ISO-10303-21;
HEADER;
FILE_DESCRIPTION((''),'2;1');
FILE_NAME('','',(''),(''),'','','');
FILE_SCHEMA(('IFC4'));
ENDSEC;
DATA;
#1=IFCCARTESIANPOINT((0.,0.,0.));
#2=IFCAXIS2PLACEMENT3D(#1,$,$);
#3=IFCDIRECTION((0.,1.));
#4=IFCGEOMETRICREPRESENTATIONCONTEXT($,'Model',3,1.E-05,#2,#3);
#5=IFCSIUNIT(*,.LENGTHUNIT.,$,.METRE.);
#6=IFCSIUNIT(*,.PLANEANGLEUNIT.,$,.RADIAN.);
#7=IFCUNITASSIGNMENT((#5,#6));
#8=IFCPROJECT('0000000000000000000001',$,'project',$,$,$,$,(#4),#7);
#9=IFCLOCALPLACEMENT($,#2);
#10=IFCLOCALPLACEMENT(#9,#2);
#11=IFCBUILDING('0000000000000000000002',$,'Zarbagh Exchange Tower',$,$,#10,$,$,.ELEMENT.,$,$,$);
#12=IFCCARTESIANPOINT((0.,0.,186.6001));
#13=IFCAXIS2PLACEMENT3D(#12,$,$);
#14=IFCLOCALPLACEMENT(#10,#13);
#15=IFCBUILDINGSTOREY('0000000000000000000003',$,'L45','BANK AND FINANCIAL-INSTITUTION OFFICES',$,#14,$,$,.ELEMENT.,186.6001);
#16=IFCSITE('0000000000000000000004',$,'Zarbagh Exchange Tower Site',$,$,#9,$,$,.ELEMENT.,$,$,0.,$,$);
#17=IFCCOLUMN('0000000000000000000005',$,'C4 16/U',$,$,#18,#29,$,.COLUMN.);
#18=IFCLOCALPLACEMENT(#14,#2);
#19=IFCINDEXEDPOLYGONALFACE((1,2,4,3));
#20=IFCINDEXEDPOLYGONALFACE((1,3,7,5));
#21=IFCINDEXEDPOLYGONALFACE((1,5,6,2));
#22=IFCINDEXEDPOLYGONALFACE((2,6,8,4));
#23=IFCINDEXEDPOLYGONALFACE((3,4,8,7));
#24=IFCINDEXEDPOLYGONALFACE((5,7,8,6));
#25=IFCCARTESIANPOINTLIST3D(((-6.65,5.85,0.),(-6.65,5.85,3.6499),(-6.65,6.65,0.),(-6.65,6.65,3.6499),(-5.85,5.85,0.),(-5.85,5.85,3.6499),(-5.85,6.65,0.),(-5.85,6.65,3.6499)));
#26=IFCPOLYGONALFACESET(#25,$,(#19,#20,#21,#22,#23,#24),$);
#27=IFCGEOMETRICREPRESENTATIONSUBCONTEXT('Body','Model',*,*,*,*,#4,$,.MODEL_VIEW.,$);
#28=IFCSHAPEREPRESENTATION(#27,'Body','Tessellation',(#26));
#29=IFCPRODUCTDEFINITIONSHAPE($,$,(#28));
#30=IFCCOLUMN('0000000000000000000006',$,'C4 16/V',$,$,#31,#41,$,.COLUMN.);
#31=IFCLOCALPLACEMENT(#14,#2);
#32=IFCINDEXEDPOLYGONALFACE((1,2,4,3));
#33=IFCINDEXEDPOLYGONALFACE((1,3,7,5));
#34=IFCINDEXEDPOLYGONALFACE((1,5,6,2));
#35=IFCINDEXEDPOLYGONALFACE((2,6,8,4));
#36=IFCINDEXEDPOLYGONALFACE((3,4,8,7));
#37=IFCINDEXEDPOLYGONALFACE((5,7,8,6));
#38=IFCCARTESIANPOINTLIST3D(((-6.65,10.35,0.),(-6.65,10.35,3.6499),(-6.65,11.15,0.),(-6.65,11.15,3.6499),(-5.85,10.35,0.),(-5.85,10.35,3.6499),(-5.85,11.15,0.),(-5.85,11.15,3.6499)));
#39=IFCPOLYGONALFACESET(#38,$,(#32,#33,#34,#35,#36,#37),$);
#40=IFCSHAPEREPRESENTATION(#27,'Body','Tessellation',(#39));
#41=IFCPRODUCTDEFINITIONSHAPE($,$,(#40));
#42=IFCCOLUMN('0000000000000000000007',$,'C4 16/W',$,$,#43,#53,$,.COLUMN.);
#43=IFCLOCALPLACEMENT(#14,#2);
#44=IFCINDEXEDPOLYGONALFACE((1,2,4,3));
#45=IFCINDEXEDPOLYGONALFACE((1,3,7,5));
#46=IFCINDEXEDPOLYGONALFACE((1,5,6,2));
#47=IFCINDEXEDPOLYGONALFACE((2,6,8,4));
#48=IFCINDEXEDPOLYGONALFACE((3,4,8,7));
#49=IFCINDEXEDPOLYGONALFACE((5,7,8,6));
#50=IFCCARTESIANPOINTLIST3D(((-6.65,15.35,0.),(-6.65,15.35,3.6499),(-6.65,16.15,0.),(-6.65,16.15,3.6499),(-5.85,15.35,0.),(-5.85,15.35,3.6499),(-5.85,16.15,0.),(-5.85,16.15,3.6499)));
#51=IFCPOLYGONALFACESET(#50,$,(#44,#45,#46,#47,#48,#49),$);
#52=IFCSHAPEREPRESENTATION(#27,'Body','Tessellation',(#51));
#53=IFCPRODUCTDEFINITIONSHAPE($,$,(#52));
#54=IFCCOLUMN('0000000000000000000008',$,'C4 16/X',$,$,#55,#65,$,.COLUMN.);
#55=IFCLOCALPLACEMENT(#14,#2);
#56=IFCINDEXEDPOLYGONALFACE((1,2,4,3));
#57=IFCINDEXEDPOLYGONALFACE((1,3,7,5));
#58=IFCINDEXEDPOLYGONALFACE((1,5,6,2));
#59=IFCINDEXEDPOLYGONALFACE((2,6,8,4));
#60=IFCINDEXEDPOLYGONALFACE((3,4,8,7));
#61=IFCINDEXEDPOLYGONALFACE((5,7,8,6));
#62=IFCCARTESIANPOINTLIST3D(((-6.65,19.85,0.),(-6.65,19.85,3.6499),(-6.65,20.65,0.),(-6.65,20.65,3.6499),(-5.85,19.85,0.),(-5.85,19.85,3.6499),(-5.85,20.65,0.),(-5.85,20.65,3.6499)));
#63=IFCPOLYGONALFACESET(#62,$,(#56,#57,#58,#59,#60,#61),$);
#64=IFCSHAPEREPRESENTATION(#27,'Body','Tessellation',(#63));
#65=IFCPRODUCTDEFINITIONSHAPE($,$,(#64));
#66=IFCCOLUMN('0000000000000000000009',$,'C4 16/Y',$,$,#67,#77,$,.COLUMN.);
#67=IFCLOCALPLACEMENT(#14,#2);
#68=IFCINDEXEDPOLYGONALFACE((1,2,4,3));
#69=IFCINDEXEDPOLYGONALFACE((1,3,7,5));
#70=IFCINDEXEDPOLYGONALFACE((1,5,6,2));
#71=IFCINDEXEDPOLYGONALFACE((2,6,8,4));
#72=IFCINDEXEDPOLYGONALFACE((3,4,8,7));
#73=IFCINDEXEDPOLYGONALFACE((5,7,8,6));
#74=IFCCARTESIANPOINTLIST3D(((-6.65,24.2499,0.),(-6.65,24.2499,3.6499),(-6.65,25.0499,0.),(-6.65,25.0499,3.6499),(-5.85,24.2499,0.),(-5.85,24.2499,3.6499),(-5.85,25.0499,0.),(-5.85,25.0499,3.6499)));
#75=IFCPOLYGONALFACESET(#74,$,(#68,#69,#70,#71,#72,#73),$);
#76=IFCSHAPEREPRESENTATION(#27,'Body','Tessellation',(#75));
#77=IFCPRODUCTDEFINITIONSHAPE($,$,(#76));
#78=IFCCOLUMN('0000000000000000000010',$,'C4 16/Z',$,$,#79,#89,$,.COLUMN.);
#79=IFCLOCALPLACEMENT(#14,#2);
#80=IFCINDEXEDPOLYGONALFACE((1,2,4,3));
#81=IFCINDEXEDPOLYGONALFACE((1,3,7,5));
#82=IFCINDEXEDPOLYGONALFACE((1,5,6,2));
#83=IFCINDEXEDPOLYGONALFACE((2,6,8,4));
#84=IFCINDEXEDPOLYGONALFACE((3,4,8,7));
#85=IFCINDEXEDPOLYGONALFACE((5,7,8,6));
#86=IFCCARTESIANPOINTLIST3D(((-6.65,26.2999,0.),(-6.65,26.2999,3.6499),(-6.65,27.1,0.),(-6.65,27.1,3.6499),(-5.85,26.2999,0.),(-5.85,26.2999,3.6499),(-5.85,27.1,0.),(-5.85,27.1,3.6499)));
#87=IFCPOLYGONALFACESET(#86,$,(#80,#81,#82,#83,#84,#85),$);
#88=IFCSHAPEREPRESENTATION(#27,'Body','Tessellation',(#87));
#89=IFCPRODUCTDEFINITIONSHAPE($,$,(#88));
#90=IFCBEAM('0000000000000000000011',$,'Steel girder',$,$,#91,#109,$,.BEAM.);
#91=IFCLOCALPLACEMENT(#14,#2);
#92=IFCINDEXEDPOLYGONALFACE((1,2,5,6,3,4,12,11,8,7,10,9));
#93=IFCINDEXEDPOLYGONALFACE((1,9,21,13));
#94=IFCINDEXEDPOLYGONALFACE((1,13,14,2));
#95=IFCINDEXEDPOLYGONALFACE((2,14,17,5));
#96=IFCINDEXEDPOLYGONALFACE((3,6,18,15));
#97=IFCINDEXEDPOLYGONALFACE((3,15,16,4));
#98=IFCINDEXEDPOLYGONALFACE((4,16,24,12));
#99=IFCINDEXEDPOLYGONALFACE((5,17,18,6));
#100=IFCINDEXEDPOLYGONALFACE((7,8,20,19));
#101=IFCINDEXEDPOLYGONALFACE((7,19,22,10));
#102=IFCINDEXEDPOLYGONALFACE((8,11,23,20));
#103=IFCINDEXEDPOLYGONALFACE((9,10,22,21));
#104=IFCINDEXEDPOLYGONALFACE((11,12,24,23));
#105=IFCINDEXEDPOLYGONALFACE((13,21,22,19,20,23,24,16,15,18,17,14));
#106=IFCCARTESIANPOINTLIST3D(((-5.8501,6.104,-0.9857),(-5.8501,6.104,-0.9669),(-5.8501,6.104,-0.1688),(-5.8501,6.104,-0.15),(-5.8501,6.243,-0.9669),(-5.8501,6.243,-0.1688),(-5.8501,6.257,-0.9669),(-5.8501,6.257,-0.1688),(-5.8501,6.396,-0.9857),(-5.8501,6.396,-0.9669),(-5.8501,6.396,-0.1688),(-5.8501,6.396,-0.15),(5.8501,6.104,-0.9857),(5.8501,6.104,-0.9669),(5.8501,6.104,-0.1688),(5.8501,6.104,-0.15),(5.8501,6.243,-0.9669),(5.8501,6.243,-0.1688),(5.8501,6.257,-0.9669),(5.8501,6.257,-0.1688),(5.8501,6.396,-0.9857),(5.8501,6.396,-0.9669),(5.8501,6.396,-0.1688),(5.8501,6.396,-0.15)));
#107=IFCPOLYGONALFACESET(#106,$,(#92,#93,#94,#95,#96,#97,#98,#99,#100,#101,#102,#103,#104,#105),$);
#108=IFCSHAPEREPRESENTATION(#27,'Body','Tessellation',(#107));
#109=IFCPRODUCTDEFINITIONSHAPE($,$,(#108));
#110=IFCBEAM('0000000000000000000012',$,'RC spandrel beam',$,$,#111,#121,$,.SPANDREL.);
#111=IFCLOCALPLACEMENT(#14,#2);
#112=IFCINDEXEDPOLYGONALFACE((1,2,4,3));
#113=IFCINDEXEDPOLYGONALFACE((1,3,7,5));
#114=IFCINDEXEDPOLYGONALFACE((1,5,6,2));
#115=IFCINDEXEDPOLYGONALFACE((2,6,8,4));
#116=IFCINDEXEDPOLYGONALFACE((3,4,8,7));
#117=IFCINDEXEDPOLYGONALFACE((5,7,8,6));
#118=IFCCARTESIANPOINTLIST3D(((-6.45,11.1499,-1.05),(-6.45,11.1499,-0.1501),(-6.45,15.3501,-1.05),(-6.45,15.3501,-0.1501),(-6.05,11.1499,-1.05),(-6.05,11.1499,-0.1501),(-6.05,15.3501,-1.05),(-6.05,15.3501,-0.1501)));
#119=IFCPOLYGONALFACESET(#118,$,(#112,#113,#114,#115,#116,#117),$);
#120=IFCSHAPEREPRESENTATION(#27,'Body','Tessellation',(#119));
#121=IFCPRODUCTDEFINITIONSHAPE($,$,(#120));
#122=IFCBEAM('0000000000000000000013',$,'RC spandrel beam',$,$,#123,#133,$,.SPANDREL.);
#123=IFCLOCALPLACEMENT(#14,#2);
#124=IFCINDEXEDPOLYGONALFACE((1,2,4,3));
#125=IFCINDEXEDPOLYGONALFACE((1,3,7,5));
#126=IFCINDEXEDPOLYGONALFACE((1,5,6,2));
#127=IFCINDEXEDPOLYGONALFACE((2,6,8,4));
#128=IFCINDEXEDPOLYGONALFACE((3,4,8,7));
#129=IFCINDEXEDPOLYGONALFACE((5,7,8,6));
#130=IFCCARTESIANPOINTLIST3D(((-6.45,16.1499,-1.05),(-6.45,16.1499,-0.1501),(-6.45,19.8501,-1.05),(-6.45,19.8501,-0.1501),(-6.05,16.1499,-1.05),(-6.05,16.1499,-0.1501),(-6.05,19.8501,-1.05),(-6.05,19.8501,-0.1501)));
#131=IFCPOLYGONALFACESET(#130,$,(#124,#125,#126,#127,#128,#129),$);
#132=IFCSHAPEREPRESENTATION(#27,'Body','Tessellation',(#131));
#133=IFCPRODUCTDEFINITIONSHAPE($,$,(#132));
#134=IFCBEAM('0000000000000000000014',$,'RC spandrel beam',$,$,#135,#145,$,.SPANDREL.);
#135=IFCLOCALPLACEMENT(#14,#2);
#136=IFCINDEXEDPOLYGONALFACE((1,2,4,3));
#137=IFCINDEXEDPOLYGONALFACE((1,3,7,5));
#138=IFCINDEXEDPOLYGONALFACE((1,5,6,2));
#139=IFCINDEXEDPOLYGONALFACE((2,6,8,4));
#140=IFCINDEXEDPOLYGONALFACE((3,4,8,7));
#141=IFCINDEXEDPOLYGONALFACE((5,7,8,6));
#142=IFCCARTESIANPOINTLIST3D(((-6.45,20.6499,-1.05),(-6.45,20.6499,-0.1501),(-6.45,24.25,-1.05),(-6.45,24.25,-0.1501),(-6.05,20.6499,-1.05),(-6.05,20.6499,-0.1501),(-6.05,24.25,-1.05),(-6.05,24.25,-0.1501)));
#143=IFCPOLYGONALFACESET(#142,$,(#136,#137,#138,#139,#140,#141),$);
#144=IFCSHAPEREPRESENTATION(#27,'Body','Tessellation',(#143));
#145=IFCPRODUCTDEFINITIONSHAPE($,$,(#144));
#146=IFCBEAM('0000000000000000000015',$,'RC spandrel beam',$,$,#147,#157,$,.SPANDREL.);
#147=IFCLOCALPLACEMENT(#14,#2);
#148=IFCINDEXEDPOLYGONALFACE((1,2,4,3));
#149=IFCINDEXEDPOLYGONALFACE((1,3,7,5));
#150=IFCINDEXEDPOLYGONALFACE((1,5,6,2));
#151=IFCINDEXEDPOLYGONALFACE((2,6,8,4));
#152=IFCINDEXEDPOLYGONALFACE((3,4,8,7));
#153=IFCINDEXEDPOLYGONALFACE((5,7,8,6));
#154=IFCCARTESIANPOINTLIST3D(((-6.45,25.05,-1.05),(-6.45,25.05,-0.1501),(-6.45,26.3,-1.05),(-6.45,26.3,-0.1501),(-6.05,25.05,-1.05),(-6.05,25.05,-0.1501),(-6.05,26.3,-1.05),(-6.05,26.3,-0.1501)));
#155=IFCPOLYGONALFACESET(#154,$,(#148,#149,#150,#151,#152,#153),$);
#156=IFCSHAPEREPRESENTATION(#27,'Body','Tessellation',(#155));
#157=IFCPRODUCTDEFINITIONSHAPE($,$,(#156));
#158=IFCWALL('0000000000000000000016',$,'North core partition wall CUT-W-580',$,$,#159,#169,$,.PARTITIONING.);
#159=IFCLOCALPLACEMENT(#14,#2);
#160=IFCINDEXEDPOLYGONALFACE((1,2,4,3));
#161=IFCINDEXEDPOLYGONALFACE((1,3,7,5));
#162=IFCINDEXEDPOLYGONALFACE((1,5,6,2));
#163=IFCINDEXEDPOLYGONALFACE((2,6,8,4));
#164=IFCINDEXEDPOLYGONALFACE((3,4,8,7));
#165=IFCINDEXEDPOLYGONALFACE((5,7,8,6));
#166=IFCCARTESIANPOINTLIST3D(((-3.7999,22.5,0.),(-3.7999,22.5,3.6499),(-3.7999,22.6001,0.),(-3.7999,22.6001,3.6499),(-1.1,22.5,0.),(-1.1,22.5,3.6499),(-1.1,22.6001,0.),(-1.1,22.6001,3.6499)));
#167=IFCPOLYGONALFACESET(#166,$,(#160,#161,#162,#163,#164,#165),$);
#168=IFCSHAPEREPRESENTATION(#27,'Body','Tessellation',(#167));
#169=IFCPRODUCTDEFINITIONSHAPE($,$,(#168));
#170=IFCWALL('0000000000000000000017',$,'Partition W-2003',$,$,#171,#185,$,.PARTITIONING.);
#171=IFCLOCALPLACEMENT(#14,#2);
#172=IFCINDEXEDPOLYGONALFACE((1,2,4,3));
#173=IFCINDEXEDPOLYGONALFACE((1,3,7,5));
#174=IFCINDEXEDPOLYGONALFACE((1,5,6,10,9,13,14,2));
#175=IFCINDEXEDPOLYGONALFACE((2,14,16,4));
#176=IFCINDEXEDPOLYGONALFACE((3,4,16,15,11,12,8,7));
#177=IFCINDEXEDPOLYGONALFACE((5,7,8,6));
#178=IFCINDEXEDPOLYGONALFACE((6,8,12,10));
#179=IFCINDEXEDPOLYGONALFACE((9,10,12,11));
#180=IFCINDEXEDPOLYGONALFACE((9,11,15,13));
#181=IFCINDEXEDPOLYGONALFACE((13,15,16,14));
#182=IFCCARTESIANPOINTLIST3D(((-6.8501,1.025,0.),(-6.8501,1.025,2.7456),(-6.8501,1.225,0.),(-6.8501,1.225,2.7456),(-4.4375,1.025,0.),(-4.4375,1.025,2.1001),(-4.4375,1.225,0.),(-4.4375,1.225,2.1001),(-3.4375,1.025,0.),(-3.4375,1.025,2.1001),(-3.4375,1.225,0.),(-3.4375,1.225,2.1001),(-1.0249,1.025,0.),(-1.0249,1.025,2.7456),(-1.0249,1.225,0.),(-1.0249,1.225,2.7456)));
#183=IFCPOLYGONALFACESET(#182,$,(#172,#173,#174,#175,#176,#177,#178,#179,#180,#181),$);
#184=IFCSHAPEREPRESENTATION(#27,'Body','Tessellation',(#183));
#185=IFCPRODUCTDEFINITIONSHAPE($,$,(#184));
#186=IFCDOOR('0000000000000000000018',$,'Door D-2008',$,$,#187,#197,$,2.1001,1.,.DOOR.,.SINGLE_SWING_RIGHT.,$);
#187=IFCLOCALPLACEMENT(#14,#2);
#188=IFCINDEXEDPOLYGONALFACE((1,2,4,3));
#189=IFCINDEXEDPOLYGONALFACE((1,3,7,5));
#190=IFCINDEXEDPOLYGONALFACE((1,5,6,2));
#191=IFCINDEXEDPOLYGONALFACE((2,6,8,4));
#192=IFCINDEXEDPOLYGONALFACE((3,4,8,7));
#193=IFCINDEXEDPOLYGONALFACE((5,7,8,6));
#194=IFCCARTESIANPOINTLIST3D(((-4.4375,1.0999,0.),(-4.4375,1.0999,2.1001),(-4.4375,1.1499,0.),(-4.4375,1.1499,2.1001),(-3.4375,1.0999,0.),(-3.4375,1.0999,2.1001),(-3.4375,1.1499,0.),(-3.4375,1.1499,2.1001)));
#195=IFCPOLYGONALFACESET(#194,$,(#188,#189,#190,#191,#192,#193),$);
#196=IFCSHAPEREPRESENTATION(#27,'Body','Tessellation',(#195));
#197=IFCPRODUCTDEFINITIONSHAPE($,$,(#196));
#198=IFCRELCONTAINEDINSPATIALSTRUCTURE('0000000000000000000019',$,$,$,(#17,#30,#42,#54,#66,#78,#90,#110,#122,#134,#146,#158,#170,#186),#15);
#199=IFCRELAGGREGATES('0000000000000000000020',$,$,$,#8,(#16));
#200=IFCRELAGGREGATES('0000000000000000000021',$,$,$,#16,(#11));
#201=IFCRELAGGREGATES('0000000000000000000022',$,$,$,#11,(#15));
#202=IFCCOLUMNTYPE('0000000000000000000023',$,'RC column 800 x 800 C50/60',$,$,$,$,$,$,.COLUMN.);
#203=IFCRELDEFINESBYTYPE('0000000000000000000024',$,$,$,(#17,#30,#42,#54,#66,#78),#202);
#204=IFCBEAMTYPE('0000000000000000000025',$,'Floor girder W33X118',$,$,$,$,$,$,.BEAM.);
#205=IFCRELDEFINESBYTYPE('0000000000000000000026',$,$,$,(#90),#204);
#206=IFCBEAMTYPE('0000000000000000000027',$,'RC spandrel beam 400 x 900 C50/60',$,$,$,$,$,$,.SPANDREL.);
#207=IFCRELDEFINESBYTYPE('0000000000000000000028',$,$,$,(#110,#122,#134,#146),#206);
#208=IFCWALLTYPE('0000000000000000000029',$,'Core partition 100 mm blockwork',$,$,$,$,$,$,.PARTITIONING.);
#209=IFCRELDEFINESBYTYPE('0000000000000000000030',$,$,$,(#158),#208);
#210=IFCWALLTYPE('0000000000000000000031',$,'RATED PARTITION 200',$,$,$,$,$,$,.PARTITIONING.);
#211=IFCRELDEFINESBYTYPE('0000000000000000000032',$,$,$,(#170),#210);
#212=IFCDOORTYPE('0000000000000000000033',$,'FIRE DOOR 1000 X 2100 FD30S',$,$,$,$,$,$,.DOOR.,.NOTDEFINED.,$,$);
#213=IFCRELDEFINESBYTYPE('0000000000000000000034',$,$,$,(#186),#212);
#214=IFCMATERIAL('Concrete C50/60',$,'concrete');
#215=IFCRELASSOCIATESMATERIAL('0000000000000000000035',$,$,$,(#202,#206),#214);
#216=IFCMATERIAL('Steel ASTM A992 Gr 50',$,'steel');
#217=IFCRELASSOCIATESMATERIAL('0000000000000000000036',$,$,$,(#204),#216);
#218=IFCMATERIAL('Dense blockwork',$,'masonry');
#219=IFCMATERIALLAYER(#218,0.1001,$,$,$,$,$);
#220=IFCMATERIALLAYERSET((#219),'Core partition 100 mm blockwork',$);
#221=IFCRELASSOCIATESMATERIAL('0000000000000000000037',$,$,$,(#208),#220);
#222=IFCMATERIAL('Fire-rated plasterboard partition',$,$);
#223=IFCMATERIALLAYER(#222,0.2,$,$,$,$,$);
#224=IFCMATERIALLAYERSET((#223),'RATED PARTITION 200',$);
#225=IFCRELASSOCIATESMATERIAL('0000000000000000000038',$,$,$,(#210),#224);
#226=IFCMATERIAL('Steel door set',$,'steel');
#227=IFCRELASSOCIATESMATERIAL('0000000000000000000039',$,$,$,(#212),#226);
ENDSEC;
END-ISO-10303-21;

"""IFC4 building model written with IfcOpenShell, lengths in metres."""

from ifc_helpers import new_model, si_unit, direction, frame, frame_2d, origin, origin_2d, place, context, subcontext, project, spatial, rectangle, i_section, extrude, material, layer, layer_set, material_profile, profile_set, type_object, element, fill, save


model = new_model("IFC4")

# Units and contexts
model_context = context("Model", 3, precision=1e-05, world=origin(), true_north=direction((0.0, 1.0)))
body_context = subcontext(model_context, "Body", "Model", "MODEL_VIEW")
ifc_project = project(units=[si_unit("LENGTHUNIT", "METRE"), si_unit("PLANEANGLEUNIT", "RADIAN")], contexts=[model_context])

# Site, building, storey
site_placement = place(None, origin())
site = spatial("IfcSite", under=ifc_project, at=site_placement, Name="Zarbagh Exchange Tower Site", CompositionType="ELEMENT", RefElevation=0.0)
building_placement = place(site_placement, origin())
building = spatial("IfcBuilding", under=site, at=building_placement, Name="Zarbagh Exchange Tower", CompositionType="ELEMENT")
storey_placement = place(building_placement, frame((0.0, 0.0, 186.6001)))
storey = spatial("IfcBuildingStorey", under=building, at=storey_placement, Name="L45", Description="BANK AND FINANCIAL-INSTITUTION OFFICES", CompositionType="ELEMENT", Elevation=186.6001)

# Columns
ifc_material_1 = material(Name="Concrete C50/60", Category="concrete")
ifc_material_profile_1 = material_profile(ifc_material_1, rectangle(XDim=0.8, YDim=0.8, at=origin_2d()), Name="RC column 800 x 800 C50/60")
ifc_profile_set_1 = profile_set([ifc_material_profile_1], Name="Concrete C50/60")
column_type = type_object("IfcColumnType", Name="RC column 800 x 800 C50/60", PredefinedType="COLUMN", material=ifc_profile_set_1)
for number, where, z_axis, x_axis, name in (
    (1, (-6.25, 6.25, 0.0), (0.0, 0.0, 1.0), (1.0, 0.0, 0.0), "C4 16/U"),
    (2, (-6.25, 10.75, 0.0), (0.0, 0.0, 1.0), (1.0, 0.0, 0.0), "C4 16/V"),
    (3, (-6.25, 15.75, 0.0), (0.0, 0.0, 1.0), (1.0, 0.0, 0.0), "C4 16/W"),
    (4, (-6.25, 20.25, 0.0), (0.0, 0.0, 1.0), (1.0, 0.0, 0.0), "C4 16/X"),
    (5, (-6.25, 24.6499, 0.0), (0.0, 0.0, 1.0), (1.0, 0.0, 0.0), "C4 16/Y"),
    (6, (-6.25, 26.7, 0.0), (0.0, 0.0, 1.0), (1.0, 0.0, 0.0), "C4 16/Z"),
):
    element("IfcColumn", number, at=place(storey_placement, frame(where, z_axis=z_axis, x_axis=x_axis)), inside=storey, type_object=column_type, Name=name, PredefinedType="COLUMN", context=body_context, shape_type="SweptSolid", body=[
        extrude(rectangle(XDim=0.8, YDim=0.8, at=origin_2d()), origin(), (0.0, 0.0, 1.0), 3.6499),
    ])

# Beams
ifc_material_2 = material(Name="Steel ASTM A992 Gr 50", Category="steel")
ifc_material_profile_2 = material_profile(ifc_material_2, i_section(OverallWidth=0.292, OverallDepth=0.8357, WebThickness=0.0139, FlangeThickness=0.0188, at=origin_2d()), Name="W33X118")
ifc_profile_set_2 = profile_set([ifc_material_profile_2], Name="Steel ASTM A992 Gr 50")
beam_type_1 = type_object("IfcBeamType", Name="Floor girder W33X118", PredefinedType="BEAM", material=ifc_profile_set_2)
beam_1_placement = place(storey_placement, frame((-5.8501, 6.25, -0.5679), z_axis=(1.0, 0.0, 0.0), x_axis=(0.0, 1.0, 0.0)))
element("IfcBeam", 7, at=beam_1_placement, inside=storey, type_object=beam_type_1, Name="Steel girder", PredefinedType="BEAM", context=body_context, shape_type="SweptSolid", body=[
    extrude(i_section(OverallWidth=0.292, OverallDepth=0.8357, WebThickness=0.0139, FlangeThickness=0.0188, at=origin_2d()), origin(), (0.0, 0.0, 1.0), 11.7002),
])
ifc_material_profile_3 = material_profile(ifc_material_1, rectangle(XDim=0.3999, YDim=0.8999, at=origin_2d()), Name="RC spandrel beam 400 x 900 C50/60")
ifc_profile_set_3 = profile_set([ifc_material_profile_3], Name="Concrete C50/60")
beam_type_2 = type_object("IfcBeamType", Name="RC spandrel beam 400 x 900 C50/60", PredefinedType="SPANDREL", material=ifc_profile_set_3)
beam_2_placement = place(storey_placement, frame((-6.25, 11.1499, -0.6001), z_axis=(0.0, 1.0, 0.0), x_axis=(-1.0, 0.0, 0.0)))
element("IfcBeam", 8, at=beam_2_placement, inside=storey, type_object=beam_type_2, Name="RC spandrel beam", PredefinedType="SPANDREL", context=body_context, shape_type="SweptSolid", body=[
    extrude(rectangle(XDim=0.3999, YDim=0.8999, at=origin_2d()), origin(), (0.0, 0.0, 1.0), 4.2002),
])
beam_3_placement = place(storey_placement, frame((-6.25, 16.1499, -0.6001), z_axis=(0.0, 1.0, 0.0), x_axis=(-1.0, 0.0, 0.0)))
element("IfcBeam", 9, at=beam_3_placement, inside=storey, type_object=beam_type_2, Name="RC spandrel beam", PredefinedType="SPANDREL", context=body_context, shape_type="SweptSolid", body=[
    extrude(rectangle(XDim=0.3999, YDim=0.8999, at=origin_2d()), origin(), (0.0, 0.0, 1.0), 3.7002),
])
beam_4_placement = place(storey_placement, frame((-6.25, 20.6499, -0.6001), z_axis=(0.0, 1.0, 0.0), x_axis=(-1.0, 0.0, 0.0)))
element("IfcBeam", 10, at=beam_4_placement, inside=storey, type_object=beam_type_2, Name="RC spandrel beam", PredefinedType="SPANDREL", context=body_context, shape_type="SweptSolid", body=[
    extrude(rectangle(XDim=0.3999, YDim=0.8999, at=origin_2d()), origin(), (0.0, 0.0, 1.0), 3.6001),
])
beam_5_placement = place(storey_placement, frame((-6.25, 25.05, -0.6001), z_axis=(0.0, 1.0, 0.0), x_axis=(-1.0, 0.0, 0.0)))
element("IfcBeam", 11, at=beam_5_placement, inside=storey, type_object=beam_type_2, Name="RC spandrel beam", PredefinedType="SPANDREL", context=body_context, shape_type="SweptSolid", body=[
    extrude(rectangle(XDim=0.3999, YDim=0.8999, at=origin_2d()), origin(), (0.0, 0.0, 1.0), 1.25),
])

# Wall
ifc_material_3 = material(Name="Dense blockwork", Category="masonry")
ifc_layer_1 = layer(ifc_material_3, 0.1001)
ifc_layer_set_1 = layer_set([ifc_layer_1], Name="Core partition 100 mm blockwork")
wall_type_1 = type_object("IfcWallType", Name="Core partition 100 mm blockwork", PredefinedType="PARTITIONING", material=ifc_layer_set_1)
wall_1_placement = place(storey_placement, frame((-3.8, 22.55, 0.0), z_axis=(0.0, 0.0, 1.0), x_axis=(1.0, 0.0, 0.0)))
element("IfcWall", 12, at=wall_1_placement, inside=storey, type_object=wall_type_1, Name="North core partition wall CUT-W-580", PredefinedType="PARTITIONING", context=body_context, shape_type="SweptSolid", body=[
    extrude(rectangle(XDim=2.7, YDim=0.1001, at=frame_2d((1.3501, 0.0))), origin(), (0.0, 0.0, 1.0), 3.6499),
])

# Wall, opening, door
ifc_material_4 = material(Name="Fire-rated plasterboard partition")
ifc_layer_2 = layer(ifc_material_4, 0.2)
ifc_layer_set_2 = layer_set([ifc_layer_2], Name="RATED PARTITION 200")
wall_type_2 = type_object("IfcWallType", Name="RATED PARTITION 200", PredefinedType="PARTITIONING", material=ifc_layer_set_2)
wall_2_placement = place(storey_placement, frame((-6.8501, 1.125, 0.0), z_axis=(0.0, 0.0, 1.0), x_axis=(1.0, 0.0, 0.0)))
wall_2 = element("IfcWall", 13, at=wall_2_placement, inside=storey, type_object=wall_type_2, Name="Partition W-2003", PredefinedType="PARTITIONING", context=body_context, shape_type="SweptSolid", body=[
    extrude(rectangle(XDim=5.8252, YDim=0.2, at=frame_2d((2.9126, 0.0))), origin(), (0.0, 0.0, 1.0), 2.7456),
])
opening_1_placement = place(wall_2_placement, frame((2.4126, 0.0, 0.0)))
opening_1 = element("IfcOpeningElement", 14, at=opening_1_placement, cuts=wall_2, PredefinedType="OPENING", context=body_context, shape_type="SweptSolid", body=[
    extrude(rectangle(XDim=1.0, YDim=2.1001, at=frame_2d((0.5, 1.05))), frame((0.0, 0.1099, 0.0), z_axis=(0.0, -1.0, 0.0), x_axis=(1.0, 0.0, 0.0)), (0.0, 0.0, 1.0), 0.22),
])
ifc_material_5 = material(Name="Steel door set", Category="steel")
door_type_1 = type_object("IfcDoorType", Name="FIRE DOOR 1000 X 2100 FD30S", OperationType="NOTDEFINED", PredefinedType="DOOR", material=ifc_material_5)
door_1_placement = place(opening_1_placement, origin())
door_1 = element("IfcDoor", 15, at=door_1_placement, inside=storey, type_object=door_type_1, Name="Door D-2008", OperationType="SINGLE_SWING_RIGHT", OverallHeight=2.1001, OverallWidth=1.0, PredefinedType="DOOR", context=body_context, shape_type="SweptSolid", body=[
    extrude(rectangle(XDim=1.0, YDim=2.1001, at=frame_2d((0.5, 1.05))), frame((0.0, 0.0249, 0.0), z_axis=(0.0, -1.0, 0.0), x_axis=(1.0, 0.0, 0.0)), (0.0, 0.0, 1.0), 0.05),
])
fill(opening_1, door_1)

save(model, "model.ifc")
